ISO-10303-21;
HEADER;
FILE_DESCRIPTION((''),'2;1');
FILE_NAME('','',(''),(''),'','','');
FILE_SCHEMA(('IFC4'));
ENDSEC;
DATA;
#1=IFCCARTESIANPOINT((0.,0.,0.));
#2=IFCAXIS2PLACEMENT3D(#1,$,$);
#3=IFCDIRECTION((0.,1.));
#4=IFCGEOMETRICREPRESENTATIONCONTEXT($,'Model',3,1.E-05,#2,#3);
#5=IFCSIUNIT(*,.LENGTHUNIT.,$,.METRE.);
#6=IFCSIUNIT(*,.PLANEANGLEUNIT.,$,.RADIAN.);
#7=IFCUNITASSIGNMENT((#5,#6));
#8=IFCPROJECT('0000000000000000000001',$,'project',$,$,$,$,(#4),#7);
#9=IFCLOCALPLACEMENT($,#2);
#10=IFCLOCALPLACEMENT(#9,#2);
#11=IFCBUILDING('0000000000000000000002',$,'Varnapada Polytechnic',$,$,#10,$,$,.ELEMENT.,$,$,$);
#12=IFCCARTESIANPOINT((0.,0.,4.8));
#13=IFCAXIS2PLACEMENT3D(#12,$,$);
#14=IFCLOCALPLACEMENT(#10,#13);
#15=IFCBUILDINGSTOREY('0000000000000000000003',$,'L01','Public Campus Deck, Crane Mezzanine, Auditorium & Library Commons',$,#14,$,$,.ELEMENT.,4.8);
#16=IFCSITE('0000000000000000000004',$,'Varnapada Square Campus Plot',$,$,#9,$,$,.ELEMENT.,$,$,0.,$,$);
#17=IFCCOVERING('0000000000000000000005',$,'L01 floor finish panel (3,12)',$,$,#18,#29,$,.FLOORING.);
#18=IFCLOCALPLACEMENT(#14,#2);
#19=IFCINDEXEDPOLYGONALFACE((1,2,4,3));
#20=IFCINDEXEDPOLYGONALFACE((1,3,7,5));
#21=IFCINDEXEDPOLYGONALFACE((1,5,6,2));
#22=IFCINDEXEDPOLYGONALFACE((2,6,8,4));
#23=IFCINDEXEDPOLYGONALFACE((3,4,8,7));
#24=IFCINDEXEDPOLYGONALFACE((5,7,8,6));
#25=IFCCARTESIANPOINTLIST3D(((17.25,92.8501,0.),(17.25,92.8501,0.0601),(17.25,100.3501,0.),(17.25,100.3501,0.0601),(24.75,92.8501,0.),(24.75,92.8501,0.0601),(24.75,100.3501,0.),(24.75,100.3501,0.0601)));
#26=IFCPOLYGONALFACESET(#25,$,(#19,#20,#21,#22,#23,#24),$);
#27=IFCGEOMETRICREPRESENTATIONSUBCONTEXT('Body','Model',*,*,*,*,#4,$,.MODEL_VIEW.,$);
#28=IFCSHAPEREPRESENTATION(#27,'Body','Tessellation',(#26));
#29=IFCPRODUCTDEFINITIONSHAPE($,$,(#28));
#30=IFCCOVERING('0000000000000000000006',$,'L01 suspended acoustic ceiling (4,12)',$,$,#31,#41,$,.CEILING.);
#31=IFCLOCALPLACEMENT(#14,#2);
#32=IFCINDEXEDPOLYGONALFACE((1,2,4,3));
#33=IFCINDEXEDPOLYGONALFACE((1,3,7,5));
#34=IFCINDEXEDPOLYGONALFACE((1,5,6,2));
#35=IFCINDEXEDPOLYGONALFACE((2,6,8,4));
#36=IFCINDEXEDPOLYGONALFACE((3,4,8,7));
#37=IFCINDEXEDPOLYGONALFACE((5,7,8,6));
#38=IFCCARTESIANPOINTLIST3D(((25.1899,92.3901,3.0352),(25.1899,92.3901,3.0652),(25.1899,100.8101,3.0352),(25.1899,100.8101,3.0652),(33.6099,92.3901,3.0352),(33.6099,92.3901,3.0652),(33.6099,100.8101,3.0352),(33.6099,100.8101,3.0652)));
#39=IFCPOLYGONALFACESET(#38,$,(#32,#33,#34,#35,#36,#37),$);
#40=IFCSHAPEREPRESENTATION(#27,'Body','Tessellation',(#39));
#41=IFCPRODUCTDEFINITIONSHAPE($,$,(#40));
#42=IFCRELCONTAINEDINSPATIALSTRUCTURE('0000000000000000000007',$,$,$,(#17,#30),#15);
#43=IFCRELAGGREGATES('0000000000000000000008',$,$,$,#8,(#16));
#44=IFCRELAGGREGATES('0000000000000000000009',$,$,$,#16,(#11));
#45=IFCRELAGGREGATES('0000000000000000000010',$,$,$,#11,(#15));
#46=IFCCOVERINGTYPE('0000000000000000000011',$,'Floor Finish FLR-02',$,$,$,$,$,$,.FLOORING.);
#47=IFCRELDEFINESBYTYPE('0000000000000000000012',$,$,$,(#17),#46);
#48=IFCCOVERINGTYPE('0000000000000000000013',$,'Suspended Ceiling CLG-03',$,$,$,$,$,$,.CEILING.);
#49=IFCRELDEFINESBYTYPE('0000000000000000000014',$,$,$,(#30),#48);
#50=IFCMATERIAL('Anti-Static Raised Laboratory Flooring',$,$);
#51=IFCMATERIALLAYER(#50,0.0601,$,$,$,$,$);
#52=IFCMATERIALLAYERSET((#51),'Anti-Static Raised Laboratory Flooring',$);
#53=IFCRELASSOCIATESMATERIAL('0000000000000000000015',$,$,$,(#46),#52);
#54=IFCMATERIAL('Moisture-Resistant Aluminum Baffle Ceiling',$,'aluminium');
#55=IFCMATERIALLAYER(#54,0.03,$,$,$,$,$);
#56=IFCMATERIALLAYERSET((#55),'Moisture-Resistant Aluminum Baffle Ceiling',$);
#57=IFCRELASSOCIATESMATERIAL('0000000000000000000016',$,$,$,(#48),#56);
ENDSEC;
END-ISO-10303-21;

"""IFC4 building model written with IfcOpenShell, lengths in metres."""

from ifc_helpers import new_model, si_unit, direction, frame, origin, origin_2d, place, context, subcontext, project, spatial, rectangle, extrude, material, layer, layer_set, type_object, element, save


model = new_model("IFC4")

# Units and contexts
model_context = context("Model", 3, precision=1e-05, world=origin(), true_north=direction((0.0, 1.0)))
body_context = subcontext(model_context, "Body", "Model", "MODEL_VIEW")
ifc_project = project(units=[si_unit("LENGTHUNIT", "METRE"), si_unit("PLANEANGLEUNIT", "RADIAN")], contexts=[model_context])

# Site, building, storey
site_placement = place(None, origin())
site = spatial("IfcSite", under=ifc_project, at=site_placement, Name="Varnapada Square Campus Plot", CompositionType="ELEMENT", RefElevation=0.0)
building_placement = place(site_placement, origin())
building = spatial("IfcBuilding", under=site, at=building_placement, Name="Varnapada Polytechnic", CompositionType="ELEMENT")
storey_placement = place(building_placement, frame((0.0, 0.0, 4.8)))
storey = spatial("IfcBuildingStorey", under=building, at=storey_placement, Name="L01", Description="Public Campus Deck, Crane Mezzanine, Auditorium & Library Commons", CompositionType="ELEMENT", Elevation=4.8)

# Coverings
ifc_material_1 = material(Name="Anti-Static Raised Laboratory Flooring")
ifc_layer_1 = layer(ifc_material_1, 0.0601)
ifc_layer_set_1 = layer_set([ifc_layer_1], Name="Anti-Static Raised Laboratory Flooring")
covering_type_1 = type_object("IfcCoveringType", Name="Floor Finish FLR-02", PredefinedType="FLOORING", material=ifc_layer_set_1)
covering_1_placement = place(storey_placement, frame((21.0, 96.6001, 0.0), z_axis=(0.0, 0.0, 1.0), x_axis=(1.0, 0.0, 0.0)))
element("IfcCovering", 1, at=covering_1_placement, inside=storey, type_object=covering_type_1, Name="L01 floor finish panel (3,12)", PredefinedType="FLOORING", context=body_context, shape_type="SweptSolid", body=[
    extrude(rectangle(XDim=7.5, YDim=7.5, at=origin_2d()), origin(), (0.0, 0.0, 1.0), 0.0601),
])
ifc_material_2 = material(Name="Moisture-Resistant Aluminum Baffle Ceiling", Category="aluminium")
ifc_layer_2 = layer(ifc_material_2, 0.03)
ifc_layer_set_2 = layer_set([ifc_layer_2], Name="Moisture-Resistant Aluminum Baffle Ceiling")
covering_type_2 = type_object("IfcCoveringType", Name="Suspended Ceiling CLG-03", PredefinedType="CEILING", material=ifc_layer_set_2)
covering_2_placement = place(storey_placement, frame((29.3999, 96.6001, 3.0352), z_axis=(0.0, 0.0, 1.0), x_axis=(1.0, 0.0, 0.0)))
element("IfcCovering", 2, at=covering_2_placement, inside=storey, type_object=covering_type_2, Name="L01 suspended acoustic ceiling (4,12)", PredefinedType="CEILING", context=body_context, shape_type="SweptSolid", body=[
    extrude(rectangle(XDim=8.4199, YDim=8.4199, at=origin_2d()), origin(), (0.0, 0.0, 1.0), 0.03),
])

save(model, "model.ifc")
